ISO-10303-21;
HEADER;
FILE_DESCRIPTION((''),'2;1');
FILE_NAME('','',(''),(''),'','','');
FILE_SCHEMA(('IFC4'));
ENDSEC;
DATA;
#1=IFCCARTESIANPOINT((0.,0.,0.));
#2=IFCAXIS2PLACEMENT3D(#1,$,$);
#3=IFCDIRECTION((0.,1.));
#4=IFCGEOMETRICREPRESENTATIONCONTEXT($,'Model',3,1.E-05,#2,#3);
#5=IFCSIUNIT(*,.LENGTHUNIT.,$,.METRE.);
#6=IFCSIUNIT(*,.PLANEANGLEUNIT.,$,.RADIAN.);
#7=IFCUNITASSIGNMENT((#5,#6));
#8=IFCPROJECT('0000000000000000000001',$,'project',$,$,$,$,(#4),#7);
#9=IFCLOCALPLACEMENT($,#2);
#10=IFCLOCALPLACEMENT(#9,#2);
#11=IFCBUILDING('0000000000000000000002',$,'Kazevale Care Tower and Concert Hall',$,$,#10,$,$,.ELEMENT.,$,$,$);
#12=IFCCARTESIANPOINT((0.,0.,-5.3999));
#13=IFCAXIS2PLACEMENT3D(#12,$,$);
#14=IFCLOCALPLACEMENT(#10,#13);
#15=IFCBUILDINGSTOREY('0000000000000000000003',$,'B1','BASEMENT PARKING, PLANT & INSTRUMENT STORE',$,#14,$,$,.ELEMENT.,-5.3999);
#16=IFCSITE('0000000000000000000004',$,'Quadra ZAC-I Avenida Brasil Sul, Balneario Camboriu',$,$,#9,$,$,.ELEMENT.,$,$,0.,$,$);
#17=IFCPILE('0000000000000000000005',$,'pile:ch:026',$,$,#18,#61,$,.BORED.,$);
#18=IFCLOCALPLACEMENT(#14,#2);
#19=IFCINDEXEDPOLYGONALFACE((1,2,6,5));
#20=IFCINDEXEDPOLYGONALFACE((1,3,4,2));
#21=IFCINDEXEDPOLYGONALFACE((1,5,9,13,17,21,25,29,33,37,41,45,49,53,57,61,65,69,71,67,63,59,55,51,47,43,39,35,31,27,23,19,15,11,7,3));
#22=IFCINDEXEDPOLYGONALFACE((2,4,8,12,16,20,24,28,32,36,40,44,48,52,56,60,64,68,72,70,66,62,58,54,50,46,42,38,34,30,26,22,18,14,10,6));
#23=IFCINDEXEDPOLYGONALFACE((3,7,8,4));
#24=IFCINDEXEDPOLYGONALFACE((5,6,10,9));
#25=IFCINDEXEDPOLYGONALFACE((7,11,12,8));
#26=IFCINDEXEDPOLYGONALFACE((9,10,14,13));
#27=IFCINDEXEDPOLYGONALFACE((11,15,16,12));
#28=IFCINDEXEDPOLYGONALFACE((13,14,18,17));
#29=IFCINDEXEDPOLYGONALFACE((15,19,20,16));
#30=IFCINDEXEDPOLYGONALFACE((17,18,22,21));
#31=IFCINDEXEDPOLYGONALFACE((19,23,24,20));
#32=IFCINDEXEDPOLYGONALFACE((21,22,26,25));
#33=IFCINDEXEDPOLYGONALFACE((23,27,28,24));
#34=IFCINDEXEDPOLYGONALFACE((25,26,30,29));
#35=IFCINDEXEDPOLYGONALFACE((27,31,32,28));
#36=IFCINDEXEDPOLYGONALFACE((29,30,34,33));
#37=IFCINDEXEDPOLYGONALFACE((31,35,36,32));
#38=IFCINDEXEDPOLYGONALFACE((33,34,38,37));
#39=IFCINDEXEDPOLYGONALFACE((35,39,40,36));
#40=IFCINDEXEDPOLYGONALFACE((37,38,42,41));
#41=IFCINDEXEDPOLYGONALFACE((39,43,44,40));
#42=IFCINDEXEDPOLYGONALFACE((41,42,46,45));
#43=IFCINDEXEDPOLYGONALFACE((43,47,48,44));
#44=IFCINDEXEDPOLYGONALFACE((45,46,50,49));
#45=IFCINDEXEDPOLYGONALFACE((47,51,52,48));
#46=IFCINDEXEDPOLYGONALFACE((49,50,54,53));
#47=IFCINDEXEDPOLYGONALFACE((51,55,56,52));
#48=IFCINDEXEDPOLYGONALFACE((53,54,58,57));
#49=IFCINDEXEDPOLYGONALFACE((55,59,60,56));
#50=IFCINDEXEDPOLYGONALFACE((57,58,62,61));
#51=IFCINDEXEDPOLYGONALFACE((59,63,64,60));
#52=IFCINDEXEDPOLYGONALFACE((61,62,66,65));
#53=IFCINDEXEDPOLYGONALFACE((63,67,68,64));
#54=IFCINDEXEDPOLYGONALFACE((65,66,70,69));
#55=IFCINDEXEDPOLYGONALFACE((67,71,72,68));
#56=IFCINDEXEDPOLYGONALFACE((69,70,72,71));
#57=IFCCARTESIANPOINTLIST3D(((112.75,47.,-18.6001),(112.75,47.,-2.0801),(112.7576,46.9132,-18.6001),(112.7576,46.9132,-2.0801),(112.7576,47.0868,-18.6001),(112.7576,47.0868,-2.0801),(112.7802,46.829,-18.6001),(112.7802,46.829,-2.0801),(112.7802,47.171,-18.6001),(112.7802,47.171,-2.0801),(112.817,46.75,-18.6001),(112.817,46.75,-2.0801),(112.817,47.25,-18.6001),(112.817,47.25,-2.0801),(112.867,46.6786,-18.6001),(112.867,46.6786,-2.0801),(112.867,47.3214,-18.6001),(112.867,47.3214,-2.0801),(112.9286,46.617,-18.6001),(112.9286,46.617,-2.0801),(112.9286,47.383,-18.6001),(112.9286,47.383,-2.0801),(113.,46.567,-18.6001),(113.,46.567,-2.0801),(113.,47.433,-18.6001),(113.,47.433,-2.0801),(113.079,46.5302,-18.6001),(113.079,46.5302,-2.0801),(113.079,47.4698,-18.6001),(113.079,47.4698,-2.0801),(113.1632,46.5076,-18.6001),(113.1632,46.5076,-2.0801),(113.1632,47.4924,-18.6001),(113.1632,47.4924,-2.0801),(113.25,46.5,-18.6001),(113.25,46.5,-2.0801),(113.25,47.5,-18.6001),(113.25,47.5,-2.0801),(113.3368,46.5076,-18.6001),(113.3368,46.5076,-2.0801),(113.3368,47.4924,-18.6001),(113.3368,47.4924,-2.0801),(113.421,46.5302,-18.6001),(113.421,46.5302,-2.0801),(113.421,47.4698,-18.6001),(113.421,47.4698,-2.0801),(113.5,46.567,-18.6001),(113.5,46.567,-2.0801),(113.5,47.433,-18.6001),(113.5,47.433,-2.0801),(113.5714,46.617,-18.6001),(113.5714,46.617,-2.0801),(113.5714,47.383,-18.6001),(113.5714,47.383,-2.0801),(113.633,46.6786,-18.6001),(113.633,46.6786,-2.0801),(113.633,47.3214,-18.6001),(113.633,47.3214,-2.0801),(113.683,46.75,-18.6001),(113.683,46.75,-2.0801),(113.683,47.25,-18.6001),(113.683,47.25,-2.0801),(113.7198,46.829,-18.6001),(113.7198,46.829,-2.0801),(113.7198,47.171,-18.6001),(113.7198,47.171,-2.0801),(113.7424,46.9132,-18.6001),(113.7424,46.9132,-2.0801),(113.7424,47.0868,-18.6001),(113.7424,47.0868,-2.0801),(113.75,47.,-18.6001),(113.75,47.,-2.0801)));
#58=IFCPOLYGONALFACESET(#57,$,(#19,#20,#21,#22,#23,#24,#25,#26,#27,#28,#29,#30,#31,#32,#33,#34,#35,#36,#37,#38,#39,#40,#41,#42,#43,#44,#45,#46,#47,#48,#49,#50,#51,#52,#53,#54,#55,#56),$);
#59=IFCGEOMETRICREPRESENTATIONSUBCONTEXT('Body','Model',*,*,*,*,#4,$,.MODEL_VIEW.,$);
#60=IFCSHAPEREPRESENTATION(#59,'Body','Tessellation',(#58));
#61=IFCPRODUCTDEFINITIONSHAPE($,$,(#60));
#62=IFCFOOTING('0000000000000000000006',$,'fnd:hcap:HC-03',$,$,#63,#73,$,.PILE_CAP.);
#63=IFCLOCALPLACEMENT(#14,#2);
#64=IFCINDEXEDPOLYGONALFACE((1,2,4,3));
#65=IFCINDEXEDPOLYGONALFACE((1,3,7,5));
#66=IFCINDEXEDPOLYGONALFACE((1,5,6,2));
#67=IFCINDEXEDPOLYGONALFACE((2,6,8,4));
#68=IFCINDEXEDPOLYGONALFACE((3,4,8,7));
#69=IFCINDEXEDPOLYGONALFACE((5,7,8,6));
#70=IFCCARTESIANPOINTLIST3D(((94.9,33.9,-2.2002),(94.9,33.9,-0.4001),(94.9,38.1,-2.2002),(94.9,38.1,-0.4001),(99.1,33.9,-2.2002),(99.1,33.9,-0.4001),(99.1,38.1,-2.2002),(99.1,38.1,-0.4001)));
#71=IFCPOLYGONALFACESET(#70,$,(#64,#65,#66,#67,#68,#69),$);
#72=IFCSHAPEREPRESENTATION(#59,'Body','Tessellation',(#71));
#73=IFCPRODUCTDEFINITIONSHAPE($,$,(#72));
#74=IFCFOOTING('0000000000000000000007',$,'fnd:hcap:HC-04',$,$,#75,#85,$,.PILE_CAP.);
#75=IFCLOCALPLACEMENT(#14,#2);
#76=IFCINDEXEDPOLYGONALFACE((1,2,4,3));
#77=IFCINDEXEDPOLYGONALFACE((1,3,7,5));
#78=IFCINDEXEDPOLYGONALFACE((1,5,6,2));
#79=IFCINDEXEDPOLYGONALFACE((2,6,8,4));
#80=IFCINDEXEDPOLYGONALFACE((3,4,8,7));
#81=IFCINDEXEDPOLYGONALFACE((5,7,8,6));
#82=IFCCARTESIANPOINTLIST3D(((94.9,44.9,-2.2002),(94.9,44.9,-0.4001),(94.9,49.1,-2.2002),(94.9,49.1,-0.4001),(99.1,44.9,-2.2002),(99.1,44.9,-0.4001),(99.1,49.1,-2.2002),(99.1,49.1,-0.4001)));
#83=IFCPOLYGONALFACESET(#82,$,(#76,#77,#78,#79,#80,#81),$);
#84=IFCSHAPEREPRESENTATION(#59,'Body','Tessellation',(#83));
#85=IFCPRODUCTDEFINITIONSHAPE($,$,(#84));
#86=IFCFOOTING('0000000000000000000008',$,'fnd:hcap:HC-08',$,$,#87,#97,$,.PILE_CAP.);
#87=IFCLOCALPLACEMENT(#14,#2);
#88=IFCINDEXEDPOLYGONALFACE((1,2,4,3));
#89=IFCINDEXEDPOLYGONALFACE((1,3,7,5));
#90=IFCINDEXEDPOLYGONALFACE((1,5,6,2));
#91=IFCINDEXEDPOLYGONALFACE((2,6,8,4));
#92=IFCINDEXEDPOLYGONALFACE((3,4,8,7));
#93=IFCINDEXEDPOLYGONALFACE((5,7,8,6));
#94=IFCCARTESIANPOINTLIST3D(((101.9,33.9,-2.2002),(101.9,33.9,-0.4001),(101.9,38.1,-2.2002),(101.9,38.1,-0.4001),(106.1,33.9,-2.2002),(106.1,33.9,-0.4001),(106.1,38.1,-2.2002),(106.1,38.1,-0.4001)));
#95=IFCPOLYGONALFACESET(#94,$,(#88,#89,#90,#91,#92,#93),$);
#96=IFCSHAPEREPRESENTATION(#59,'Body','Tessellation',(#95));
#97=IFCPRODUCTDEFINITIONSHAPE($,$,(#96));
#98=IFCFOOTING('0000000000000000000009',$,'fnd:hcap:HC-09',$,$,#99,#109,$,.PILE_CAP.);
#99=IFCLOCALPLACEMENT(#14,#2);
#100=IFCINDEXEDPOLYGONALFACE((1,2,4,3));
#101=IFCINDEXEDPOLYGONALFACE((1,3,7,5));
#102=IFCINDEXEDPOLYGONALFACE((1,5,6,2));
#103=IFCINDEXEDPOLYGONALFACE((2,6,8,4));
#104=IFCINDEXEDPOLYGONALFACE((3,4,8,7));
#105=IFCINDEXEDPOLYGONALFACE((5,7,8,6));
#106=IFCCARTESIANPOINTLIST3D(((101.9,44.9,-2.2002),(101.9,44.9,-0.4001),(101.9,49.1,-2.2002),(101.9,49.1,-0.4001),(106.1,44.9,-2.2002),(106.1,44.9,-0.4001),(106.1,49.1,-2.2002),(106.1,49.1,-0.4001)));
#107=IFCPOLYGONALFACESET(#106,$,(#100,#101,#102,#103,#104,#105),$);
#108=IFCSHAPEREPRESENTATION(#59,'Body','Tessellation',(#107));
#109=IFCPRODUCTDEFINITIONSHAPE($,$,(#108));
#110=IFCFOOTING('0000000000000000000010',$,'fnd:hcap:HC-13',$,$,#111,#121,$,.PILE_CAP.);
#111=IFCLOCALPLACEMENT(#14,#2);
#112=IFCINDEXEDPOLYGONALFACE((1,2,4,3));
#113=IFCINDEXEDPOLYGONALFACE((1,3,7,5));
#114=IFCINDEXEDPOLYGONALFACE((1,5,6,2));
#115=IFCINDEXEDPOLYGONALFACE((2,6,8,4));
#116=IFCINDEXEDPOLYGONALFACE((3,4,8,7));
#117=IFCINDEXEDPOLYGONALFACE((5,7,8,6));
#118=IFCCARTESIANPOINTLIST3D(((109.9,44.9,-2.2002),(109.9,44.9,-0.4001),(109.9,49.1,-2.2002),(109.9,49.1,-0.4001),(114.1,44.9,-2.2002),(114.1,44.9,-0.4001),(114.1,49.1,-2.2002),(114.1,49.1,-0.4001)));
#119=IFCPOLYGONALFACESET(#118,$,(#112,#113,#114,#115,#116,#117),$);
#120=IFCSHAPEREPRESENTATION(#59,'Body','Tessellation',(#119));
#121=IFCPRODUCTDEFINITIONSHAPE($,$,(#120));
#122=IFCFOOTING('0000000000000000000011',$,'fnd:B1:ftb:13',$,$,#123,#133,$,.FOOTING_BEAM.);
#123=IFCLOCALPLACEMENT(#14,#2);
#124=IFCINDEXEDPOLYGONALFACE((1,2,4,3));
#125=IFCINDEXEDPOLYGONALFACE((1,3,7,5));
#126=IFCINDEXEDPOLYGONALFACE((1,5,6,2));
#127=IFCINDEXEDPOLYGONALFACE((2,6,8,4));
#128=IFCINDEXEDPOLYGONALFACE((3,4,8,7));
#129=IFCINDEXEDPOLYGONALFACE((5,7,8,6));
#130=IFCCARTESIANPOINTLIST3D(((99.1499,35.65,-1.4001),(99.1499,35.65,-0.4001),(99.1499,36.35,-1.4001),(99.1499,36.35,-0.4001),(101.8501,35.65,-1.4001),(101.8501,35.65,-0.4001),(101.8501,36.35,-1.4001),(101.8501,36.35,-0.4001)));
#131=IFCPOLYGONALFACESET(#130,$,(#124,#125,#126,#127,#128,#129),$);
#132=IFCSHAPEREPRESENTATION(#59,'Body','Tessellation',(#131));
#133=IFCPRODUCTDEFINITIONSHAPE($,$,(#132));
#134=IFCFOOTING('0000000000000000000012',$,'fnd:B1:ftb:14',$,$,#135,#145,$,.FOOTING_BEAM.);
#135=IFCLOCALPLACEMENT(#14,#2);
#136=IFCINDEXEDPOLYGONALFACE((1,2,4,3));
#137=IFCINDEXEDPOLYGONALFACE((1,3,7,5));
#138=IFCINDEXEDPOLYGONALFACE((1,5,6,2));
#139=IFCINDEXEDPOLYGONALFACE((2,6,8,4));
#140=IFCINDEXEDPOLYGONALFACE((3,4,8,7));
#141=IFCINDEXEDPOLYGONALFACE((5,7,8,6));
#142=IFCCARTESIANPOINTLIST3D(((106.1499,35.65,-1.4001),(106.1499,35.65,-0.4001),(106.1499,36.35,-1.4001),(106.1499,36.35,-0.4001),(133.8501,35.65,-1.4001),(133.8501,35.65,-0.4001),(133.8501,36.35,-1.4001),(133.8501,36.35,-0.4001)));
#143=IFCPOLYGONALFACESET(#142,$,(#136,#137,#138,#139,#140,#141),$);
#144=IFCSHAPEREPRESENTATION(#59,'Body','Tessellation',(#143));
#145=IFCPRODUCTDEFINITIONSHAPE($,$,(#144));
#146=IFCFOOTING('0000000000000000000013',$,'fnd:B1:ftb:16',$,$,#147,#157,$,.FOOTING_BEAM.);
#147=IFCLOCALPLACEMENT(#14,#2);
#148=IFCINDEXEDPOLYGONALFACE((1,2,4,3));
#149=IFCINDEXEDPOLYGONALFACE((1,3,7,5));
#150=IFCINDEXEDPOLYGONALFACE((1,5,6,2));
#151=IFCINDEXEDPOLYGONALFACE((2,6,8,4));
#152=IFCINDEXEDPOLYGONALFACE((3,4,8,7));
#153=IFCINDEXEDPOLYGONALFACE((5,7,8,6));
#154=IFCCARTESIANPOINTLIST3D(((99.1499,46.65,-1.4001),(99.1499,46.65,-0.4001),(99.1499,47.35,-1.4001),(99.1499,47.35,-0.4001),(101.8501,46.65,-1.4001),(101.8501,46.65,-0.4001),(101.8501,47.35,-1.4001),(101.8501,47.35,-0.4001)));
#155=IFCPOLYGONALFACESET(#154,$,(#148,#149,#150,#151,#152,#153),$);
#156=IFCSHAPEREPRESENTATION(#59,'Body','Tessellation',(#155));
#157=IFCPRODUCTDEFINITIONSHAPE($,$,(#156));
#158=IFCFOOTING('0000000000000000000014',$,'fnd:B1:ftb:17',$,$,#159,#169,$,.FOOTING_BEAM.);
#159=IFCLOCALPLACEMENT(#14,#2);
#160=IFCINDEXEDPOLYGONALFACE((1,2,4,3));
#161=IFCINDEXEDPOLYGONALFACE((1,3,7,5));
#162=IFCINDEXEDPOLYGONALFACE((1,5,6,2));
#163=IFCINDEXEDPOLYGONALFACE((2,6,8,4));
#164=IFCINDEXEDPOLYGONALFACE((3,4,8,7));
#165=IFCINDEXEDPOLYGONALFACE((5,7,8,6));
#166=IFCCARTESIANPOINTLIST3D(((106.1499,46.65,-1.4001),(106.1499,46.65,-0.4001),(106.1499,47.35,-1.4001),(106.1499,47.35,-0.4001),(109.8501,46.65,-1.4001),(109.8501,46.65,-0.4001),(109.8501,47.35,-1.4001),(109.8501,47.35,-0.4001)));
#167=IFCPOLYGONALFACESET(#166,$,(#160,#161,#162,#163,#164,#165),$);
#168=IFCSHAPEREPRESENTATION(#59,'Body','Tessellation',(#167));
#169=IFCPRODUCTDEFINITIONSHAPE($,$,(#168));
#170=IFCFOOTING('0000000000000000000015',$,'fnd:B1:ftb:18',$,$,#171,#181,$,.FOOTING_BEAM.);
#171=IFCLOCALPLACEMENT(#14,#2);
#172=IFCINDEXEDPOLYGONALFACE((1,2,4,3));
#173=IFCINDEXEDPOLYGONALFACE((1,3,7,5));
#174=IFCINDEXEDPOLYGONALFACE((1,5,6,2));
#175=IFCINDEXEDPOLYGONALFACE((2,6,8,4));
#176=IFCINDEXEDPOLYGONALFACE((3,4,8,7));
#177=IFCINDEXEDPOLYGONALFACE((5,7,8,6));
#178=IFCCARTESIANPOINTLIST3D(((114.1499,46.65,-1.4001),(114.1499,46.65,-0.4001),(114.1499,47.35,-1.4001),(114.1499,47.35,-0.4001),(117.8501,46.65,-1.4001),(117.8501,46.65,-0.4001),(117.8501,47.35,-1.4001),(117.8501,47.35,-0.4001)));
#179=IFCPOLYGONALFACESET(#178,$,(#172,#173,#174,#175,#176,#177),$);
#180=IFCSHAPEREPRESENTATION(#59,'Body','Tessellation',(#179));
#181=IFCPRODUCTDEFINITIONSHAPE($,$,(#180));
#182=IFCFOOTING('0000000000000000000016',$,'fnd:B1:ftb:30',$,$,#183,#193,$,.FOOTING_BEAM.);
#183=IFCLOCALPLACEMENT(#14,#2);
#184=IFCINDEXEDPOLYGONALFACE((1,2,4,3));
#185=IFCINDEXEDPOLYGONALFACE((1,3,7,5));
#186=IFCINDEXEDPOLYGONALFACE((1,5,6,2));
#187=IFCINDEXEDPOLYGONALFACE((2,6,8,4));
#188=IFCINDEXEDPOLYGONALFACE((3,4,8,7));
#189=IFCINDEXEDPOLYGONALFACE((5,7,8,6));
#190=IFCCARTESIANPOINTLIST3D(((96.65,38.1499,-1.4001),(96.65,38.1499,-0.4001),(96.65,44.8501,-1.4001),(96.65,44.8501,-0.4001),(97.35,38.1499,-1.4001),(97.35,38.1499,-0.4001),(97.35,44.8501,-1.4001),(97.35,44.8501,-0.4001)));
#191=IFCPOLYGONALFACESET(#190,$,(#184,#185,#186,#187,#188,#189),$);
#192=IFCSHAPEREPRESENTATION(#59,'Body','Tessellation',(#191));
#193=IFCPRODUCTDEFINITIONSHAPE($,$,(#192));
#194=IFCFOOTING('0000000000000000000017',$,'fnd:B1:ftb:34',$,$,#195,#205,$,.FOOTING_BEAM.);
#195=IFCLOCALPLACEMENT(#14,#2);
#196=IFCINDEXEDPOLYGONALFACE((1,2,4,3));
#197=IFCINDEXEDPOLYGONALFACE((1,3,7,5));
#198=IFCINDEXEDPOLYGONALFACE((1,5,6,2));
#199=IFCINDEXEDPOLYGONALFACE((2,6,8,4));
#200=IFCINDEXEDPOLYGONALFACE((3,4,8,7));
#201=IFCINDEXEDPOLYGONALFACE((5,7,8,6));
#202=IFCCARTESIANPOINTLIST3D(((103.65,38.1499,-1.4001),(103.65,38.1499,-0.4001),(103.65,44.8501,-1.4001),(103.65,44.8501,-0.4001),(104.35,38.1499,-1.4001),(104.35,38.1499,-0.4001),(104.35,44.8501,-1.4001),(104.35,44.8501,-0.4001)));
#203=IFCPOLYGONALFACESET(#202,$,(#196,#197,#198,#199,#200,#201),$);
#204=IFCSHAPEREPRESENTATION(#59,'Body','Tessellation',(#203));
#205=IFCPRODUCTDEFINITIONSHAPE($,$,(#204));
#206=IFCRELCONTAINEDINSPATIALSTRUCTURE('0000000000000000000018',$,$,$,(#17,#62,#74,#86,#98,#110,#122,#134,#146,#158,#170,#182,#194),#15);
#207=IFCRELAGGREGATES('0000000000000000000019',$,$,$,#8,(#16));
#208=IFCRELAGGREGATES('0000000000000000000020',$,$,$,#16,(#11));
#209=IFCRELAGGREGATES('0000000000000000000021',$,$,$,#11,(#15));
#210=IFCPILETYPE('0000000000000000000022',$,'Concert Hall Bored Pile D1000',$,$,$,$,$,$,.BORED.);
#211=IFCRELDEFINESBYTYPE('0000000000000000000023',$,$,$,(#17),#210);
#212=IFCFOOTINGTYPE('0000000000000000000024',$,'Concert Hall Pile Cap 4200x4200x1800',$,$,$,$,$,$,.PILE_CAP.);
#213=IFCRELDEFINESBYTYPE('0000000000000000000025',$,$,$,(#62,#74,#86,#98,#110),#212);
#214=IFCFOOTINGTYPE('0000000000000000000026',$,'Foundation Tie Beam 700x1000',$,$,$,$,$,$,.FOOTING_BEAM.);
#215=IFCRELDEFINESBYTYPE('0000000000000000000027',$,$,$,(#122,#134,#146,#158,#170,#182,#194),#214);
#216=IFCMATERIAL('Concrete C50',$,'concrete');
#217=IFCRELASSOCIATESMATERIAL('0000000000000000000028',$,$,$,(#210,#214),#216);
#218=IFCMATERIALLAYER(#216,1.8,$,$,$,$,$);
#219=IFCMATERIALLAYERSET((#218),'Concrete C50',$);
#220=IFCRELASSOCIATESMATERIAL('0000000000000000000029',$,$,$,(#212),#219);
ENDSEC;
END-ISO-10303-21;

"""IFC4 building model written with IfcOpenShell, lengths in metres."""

from ifc_helpers import new_model, si_unit, direction, frame, frame_2d, origin, origin_2d, place, context, subcontext, project, spatial, rectangle, circle, extrude, material, layer, layer_set, material_profile, profile_set, type_object, element, save


model = new_model("IFC4")

# Units and contexts
model_context = context("Model", 3, precision=1e-05, world=origin(), true_north=direction((0.0, 1.0)))
body_context = subcontext(model_context, "Body", "Model", "MODEL_VIEW")
ifc_project = project(units=[si_unit("LENGTHUNIT", "METRE"), si_unit("PLANEANGLEUNIT", "RADIAN")], contexts=[model_context])

# Site, building, storey
site_placement = place(None, origin())
site = spatial("IfcSite", under=ifc_project, at=site_placement, Name="Quadra ZAC-I Avenida Brasil Sul, Balneario Camboriu", CompositionType="ELEMENT", RefElevation=0.0)
building_placement = place(site_placement, origin())
building = spatial("IfcBuilding", under=site, at=building_placement, Name="Kazevale Care Tower and Concert Hall", CompositionType="ELEMENT")
storey_placement = place(building_placement, frame((0.0, 0.0, -5.3999)))
storey = spatial("IfcBuildingStorey", under=building, at=storey_placement, Name="B1", Description="BASEMENT PARKING, PLANT & INSTRUMENT STORE", CompositionType="ELEMENT", Elevation=-5.3999)

# Pile
ifc_material_1 = material(Name="Concrete C50", Category="concrete")
ifc_material_profile_1 = material_profile(ifc_material_1, circle(Radius=0.5, at=origin_2d()), Name="PILE-D1000")
ifc_profile_set_1 = profile_set([ifc_material_profile_1], Name="Concrete C50")
pile_type = type_object("IfcPileType", Name="Concert Hall Bored Pile D1000", PredefinedType="BORED", material=ifc_profile_set_1)
for number, where, z_axis, x_axis, name in (
    (1, (113.25, 47.0, -2.0801), (0.0, 0.0, -1.0), (1.0, 0.0, 0.0), "pile:ch:026"),
):
    element("IfcPile", number, at=place(storey_placement, frame(where, z_axis=z_axis, x_axis=x_axis)), inside=storey, type_object=pile_type, Name=name, PredefinedType="BORED", context=body_context, shape_type="SweptSolid", body=[
        extrude(circle(Radius=0.5, at=origin_2d()), origin(), (0.0, 0.0, 1.0), 16.52),
    ])

# Footings
ifc_layer_1 = layer(ifc_material_1, 1.8)
ifc_layer_set_1 = layer_set([ifc_layer_1], Name="Concrete C50")
footing_type_1 = type_object("IfcFootingType", Name="Concert Hall Pile Cap 4200x4200x1800", PredefinedType="PILE_CAP", material=ifc_layer_set_1)
for number, where, z_axis, x_axis, name in (
    (2, (97.0, 36.0, -2.2002), (0.0, 0.0, 1.0), (1.0, 0.0, 0.0), "fnd:hcap:HC-03"),
    (3, (97.0, 47.0, -2.2002), (0.0, 0.0, 1.0), (1.0, 0.0, 0.0), "fnd:hcap:HC-04"),
    (4, (104.0, 36.0, -2.2002), (0.0, 0.0, 1.0), (1.0, 0.0, 0.0), "fnd:hcap:HC-08"),
    (5, (104.0, 47.0, -2.2002), (0.0, 0.0, 1.0), (1.0, 0.0, 0.0), "fnd:hcap:HC-09"),
    (6, (112.0, 47.0, -2.2002), (0.0, 0.0, 1.0), (1.0, 0.0, 0.0), "fnd:hcap:HC-13"),
):
    element("IfcFooting", number, at=place(storey_placement, frame(where, z_axis=z_axis, x_axis=x_axis)), inside=storey, type_object=footing_type_1, Name=name, PredefinedType="PILE_CAP", context=body_context, shape_type="SweptSolid", body=[
        extrude(rectangle(XDim=4.2, YDim=4.2, at=origin_2d()), origin(), (0.0, 0.0, 1.0), 1.8),
    ])
ifc_material_profile_2 = material_profile(ifc_material_1, rectangle(XDim=0.7, YDim=1.0, at=origin_2d()), Name="RC-GB700x1000")
ifc_profile_set_2 = profile_set([ifc_material_profile_2], Name="Concrete C50")
footing_type_2 = type_object("IfcFootingType", Name="Foundation Tie Beam 700x1000", PredefinedType="FOOTING_BEAM", material=ifc_profile_set_2)
footing_1_placement = place(storey_placement, frame((99.1499, 36.0, -1.4001), z_axis=(0.0, 0.0, 1.0), x_axis=(1.0, 0.0, 0.0)))
element("IfcFooting", 7, at=footing_1_placement, inside=storey, type_object=footing_type_2, Name="fnd:B1:ftb:13", PredefinedType="FOOTING_BEAM", context=body_context, shape_type="SweptSolid", body=[
    extrude(rectangle(XDim=2.7002, YDim=0.7, at=frame_2d((1.3501, 0.0))), origin(), (0.0, 0.0, 1.0), 1.0),
])
footing_2_placement = place(storey_placement, frame((106.1499, 36.0, -1.4001), z_axis=(0.0, 0.0, 1.0), x_axis=(1.0, 0.0, 0.0)))
element("IfcFooting", 8, at=footing_2_placement, inside=storey, type_object=footing_type_2, Name="fnd:B1:ftb:14", PredefinedType="FOOTING_BEAM", context=body_context, shape_type="SweptSolid", body=[
    extrude(rectangle(XDim=27.7002, YDim=0.7, at=frame_2d((13.8501, 0.0))), origin(), (0.0, 0.0, 1.0), 1.0),
])
footing_3_placement = place(storey_placement, frame((99.1499, 47.0, -1.4001), z_axis=(0.0, 0.0, 1.0), x_axis=(1.0, 0.0, 0.0)))
element("IfcFooting", 9, at=footing_3_placement, inside=storey, type_object=footing_type_2, Name="fnd:B1:ftb:16", PredefinedType="FOOTING_BEAM", context=body_context, shape_type="SweptSolid", body=[
    extrude(rectangle(XDim=2.7002, YDim=0.7, at=frame_2d((1.3501, 0.0))), origin(), (0.0, 0.0, 1.0), 1.0),
])
for number, where, z_axis, x_axis, name in (
    (10, (106.1499, 47.0, -1.4001), (0.0, 0.0, 1.0), (1.0, 0.0, 0.0), "fnd:B1:ftb:17"),
    (11, (114.1499, 47.0, -1.4001), (0.0, 0.0, 1.0), (1.0, 0.0, 0.0), "fnd:B1:ftb:18"),
):
    element("IfcFooting", number, at=place(storey_placement, frame(where, z_axis=z_axis, x_axis=x_axis)), inside=storey, type_object=footing_type_2, Name=name, PredefinedType="FOOTING_BEAM", context=body_context, shape_type="SweptSolid", body=[
        extrude(rectangle(XDim=3.7002, YDim=0.7, at=frame_2d((1.8501, 0.0))), origin(), (0.0, 0.0, 1.0), 1.0),
    ])
for number, where, z_axis, x_axis, name in (
    (12, (97.0, 38.1499, -1.4001), (0.0, 0.0, 1.0), (0.0, 1.0, 0.0), "fnd:B1:ftb:30"),
    (13, (104.0, 38.1499, -1.4001), (0.0, 0.0, 1.0), (0.0, 1.0, 0.0), "fnd:B1:ftb:34"),
):
    element("IfcFooting", number, at=place(storey_placement, frame(where, z_axis=z_axis, x_axis=x_axis)), inside=storey, type_object=footing_type_2, Name=name, PredefinedType="FOOTING_BEAM", context=body_context, shape_type="SweptSolid", body=[
        extrude(rectangle(XDim=6.7002, YDim=0.7, at=frame_2d((3.3501, 0.0))), origin(), (0.0, 0.0, 1.0), 1.0),
    ])

save(model, "model.ifc")
